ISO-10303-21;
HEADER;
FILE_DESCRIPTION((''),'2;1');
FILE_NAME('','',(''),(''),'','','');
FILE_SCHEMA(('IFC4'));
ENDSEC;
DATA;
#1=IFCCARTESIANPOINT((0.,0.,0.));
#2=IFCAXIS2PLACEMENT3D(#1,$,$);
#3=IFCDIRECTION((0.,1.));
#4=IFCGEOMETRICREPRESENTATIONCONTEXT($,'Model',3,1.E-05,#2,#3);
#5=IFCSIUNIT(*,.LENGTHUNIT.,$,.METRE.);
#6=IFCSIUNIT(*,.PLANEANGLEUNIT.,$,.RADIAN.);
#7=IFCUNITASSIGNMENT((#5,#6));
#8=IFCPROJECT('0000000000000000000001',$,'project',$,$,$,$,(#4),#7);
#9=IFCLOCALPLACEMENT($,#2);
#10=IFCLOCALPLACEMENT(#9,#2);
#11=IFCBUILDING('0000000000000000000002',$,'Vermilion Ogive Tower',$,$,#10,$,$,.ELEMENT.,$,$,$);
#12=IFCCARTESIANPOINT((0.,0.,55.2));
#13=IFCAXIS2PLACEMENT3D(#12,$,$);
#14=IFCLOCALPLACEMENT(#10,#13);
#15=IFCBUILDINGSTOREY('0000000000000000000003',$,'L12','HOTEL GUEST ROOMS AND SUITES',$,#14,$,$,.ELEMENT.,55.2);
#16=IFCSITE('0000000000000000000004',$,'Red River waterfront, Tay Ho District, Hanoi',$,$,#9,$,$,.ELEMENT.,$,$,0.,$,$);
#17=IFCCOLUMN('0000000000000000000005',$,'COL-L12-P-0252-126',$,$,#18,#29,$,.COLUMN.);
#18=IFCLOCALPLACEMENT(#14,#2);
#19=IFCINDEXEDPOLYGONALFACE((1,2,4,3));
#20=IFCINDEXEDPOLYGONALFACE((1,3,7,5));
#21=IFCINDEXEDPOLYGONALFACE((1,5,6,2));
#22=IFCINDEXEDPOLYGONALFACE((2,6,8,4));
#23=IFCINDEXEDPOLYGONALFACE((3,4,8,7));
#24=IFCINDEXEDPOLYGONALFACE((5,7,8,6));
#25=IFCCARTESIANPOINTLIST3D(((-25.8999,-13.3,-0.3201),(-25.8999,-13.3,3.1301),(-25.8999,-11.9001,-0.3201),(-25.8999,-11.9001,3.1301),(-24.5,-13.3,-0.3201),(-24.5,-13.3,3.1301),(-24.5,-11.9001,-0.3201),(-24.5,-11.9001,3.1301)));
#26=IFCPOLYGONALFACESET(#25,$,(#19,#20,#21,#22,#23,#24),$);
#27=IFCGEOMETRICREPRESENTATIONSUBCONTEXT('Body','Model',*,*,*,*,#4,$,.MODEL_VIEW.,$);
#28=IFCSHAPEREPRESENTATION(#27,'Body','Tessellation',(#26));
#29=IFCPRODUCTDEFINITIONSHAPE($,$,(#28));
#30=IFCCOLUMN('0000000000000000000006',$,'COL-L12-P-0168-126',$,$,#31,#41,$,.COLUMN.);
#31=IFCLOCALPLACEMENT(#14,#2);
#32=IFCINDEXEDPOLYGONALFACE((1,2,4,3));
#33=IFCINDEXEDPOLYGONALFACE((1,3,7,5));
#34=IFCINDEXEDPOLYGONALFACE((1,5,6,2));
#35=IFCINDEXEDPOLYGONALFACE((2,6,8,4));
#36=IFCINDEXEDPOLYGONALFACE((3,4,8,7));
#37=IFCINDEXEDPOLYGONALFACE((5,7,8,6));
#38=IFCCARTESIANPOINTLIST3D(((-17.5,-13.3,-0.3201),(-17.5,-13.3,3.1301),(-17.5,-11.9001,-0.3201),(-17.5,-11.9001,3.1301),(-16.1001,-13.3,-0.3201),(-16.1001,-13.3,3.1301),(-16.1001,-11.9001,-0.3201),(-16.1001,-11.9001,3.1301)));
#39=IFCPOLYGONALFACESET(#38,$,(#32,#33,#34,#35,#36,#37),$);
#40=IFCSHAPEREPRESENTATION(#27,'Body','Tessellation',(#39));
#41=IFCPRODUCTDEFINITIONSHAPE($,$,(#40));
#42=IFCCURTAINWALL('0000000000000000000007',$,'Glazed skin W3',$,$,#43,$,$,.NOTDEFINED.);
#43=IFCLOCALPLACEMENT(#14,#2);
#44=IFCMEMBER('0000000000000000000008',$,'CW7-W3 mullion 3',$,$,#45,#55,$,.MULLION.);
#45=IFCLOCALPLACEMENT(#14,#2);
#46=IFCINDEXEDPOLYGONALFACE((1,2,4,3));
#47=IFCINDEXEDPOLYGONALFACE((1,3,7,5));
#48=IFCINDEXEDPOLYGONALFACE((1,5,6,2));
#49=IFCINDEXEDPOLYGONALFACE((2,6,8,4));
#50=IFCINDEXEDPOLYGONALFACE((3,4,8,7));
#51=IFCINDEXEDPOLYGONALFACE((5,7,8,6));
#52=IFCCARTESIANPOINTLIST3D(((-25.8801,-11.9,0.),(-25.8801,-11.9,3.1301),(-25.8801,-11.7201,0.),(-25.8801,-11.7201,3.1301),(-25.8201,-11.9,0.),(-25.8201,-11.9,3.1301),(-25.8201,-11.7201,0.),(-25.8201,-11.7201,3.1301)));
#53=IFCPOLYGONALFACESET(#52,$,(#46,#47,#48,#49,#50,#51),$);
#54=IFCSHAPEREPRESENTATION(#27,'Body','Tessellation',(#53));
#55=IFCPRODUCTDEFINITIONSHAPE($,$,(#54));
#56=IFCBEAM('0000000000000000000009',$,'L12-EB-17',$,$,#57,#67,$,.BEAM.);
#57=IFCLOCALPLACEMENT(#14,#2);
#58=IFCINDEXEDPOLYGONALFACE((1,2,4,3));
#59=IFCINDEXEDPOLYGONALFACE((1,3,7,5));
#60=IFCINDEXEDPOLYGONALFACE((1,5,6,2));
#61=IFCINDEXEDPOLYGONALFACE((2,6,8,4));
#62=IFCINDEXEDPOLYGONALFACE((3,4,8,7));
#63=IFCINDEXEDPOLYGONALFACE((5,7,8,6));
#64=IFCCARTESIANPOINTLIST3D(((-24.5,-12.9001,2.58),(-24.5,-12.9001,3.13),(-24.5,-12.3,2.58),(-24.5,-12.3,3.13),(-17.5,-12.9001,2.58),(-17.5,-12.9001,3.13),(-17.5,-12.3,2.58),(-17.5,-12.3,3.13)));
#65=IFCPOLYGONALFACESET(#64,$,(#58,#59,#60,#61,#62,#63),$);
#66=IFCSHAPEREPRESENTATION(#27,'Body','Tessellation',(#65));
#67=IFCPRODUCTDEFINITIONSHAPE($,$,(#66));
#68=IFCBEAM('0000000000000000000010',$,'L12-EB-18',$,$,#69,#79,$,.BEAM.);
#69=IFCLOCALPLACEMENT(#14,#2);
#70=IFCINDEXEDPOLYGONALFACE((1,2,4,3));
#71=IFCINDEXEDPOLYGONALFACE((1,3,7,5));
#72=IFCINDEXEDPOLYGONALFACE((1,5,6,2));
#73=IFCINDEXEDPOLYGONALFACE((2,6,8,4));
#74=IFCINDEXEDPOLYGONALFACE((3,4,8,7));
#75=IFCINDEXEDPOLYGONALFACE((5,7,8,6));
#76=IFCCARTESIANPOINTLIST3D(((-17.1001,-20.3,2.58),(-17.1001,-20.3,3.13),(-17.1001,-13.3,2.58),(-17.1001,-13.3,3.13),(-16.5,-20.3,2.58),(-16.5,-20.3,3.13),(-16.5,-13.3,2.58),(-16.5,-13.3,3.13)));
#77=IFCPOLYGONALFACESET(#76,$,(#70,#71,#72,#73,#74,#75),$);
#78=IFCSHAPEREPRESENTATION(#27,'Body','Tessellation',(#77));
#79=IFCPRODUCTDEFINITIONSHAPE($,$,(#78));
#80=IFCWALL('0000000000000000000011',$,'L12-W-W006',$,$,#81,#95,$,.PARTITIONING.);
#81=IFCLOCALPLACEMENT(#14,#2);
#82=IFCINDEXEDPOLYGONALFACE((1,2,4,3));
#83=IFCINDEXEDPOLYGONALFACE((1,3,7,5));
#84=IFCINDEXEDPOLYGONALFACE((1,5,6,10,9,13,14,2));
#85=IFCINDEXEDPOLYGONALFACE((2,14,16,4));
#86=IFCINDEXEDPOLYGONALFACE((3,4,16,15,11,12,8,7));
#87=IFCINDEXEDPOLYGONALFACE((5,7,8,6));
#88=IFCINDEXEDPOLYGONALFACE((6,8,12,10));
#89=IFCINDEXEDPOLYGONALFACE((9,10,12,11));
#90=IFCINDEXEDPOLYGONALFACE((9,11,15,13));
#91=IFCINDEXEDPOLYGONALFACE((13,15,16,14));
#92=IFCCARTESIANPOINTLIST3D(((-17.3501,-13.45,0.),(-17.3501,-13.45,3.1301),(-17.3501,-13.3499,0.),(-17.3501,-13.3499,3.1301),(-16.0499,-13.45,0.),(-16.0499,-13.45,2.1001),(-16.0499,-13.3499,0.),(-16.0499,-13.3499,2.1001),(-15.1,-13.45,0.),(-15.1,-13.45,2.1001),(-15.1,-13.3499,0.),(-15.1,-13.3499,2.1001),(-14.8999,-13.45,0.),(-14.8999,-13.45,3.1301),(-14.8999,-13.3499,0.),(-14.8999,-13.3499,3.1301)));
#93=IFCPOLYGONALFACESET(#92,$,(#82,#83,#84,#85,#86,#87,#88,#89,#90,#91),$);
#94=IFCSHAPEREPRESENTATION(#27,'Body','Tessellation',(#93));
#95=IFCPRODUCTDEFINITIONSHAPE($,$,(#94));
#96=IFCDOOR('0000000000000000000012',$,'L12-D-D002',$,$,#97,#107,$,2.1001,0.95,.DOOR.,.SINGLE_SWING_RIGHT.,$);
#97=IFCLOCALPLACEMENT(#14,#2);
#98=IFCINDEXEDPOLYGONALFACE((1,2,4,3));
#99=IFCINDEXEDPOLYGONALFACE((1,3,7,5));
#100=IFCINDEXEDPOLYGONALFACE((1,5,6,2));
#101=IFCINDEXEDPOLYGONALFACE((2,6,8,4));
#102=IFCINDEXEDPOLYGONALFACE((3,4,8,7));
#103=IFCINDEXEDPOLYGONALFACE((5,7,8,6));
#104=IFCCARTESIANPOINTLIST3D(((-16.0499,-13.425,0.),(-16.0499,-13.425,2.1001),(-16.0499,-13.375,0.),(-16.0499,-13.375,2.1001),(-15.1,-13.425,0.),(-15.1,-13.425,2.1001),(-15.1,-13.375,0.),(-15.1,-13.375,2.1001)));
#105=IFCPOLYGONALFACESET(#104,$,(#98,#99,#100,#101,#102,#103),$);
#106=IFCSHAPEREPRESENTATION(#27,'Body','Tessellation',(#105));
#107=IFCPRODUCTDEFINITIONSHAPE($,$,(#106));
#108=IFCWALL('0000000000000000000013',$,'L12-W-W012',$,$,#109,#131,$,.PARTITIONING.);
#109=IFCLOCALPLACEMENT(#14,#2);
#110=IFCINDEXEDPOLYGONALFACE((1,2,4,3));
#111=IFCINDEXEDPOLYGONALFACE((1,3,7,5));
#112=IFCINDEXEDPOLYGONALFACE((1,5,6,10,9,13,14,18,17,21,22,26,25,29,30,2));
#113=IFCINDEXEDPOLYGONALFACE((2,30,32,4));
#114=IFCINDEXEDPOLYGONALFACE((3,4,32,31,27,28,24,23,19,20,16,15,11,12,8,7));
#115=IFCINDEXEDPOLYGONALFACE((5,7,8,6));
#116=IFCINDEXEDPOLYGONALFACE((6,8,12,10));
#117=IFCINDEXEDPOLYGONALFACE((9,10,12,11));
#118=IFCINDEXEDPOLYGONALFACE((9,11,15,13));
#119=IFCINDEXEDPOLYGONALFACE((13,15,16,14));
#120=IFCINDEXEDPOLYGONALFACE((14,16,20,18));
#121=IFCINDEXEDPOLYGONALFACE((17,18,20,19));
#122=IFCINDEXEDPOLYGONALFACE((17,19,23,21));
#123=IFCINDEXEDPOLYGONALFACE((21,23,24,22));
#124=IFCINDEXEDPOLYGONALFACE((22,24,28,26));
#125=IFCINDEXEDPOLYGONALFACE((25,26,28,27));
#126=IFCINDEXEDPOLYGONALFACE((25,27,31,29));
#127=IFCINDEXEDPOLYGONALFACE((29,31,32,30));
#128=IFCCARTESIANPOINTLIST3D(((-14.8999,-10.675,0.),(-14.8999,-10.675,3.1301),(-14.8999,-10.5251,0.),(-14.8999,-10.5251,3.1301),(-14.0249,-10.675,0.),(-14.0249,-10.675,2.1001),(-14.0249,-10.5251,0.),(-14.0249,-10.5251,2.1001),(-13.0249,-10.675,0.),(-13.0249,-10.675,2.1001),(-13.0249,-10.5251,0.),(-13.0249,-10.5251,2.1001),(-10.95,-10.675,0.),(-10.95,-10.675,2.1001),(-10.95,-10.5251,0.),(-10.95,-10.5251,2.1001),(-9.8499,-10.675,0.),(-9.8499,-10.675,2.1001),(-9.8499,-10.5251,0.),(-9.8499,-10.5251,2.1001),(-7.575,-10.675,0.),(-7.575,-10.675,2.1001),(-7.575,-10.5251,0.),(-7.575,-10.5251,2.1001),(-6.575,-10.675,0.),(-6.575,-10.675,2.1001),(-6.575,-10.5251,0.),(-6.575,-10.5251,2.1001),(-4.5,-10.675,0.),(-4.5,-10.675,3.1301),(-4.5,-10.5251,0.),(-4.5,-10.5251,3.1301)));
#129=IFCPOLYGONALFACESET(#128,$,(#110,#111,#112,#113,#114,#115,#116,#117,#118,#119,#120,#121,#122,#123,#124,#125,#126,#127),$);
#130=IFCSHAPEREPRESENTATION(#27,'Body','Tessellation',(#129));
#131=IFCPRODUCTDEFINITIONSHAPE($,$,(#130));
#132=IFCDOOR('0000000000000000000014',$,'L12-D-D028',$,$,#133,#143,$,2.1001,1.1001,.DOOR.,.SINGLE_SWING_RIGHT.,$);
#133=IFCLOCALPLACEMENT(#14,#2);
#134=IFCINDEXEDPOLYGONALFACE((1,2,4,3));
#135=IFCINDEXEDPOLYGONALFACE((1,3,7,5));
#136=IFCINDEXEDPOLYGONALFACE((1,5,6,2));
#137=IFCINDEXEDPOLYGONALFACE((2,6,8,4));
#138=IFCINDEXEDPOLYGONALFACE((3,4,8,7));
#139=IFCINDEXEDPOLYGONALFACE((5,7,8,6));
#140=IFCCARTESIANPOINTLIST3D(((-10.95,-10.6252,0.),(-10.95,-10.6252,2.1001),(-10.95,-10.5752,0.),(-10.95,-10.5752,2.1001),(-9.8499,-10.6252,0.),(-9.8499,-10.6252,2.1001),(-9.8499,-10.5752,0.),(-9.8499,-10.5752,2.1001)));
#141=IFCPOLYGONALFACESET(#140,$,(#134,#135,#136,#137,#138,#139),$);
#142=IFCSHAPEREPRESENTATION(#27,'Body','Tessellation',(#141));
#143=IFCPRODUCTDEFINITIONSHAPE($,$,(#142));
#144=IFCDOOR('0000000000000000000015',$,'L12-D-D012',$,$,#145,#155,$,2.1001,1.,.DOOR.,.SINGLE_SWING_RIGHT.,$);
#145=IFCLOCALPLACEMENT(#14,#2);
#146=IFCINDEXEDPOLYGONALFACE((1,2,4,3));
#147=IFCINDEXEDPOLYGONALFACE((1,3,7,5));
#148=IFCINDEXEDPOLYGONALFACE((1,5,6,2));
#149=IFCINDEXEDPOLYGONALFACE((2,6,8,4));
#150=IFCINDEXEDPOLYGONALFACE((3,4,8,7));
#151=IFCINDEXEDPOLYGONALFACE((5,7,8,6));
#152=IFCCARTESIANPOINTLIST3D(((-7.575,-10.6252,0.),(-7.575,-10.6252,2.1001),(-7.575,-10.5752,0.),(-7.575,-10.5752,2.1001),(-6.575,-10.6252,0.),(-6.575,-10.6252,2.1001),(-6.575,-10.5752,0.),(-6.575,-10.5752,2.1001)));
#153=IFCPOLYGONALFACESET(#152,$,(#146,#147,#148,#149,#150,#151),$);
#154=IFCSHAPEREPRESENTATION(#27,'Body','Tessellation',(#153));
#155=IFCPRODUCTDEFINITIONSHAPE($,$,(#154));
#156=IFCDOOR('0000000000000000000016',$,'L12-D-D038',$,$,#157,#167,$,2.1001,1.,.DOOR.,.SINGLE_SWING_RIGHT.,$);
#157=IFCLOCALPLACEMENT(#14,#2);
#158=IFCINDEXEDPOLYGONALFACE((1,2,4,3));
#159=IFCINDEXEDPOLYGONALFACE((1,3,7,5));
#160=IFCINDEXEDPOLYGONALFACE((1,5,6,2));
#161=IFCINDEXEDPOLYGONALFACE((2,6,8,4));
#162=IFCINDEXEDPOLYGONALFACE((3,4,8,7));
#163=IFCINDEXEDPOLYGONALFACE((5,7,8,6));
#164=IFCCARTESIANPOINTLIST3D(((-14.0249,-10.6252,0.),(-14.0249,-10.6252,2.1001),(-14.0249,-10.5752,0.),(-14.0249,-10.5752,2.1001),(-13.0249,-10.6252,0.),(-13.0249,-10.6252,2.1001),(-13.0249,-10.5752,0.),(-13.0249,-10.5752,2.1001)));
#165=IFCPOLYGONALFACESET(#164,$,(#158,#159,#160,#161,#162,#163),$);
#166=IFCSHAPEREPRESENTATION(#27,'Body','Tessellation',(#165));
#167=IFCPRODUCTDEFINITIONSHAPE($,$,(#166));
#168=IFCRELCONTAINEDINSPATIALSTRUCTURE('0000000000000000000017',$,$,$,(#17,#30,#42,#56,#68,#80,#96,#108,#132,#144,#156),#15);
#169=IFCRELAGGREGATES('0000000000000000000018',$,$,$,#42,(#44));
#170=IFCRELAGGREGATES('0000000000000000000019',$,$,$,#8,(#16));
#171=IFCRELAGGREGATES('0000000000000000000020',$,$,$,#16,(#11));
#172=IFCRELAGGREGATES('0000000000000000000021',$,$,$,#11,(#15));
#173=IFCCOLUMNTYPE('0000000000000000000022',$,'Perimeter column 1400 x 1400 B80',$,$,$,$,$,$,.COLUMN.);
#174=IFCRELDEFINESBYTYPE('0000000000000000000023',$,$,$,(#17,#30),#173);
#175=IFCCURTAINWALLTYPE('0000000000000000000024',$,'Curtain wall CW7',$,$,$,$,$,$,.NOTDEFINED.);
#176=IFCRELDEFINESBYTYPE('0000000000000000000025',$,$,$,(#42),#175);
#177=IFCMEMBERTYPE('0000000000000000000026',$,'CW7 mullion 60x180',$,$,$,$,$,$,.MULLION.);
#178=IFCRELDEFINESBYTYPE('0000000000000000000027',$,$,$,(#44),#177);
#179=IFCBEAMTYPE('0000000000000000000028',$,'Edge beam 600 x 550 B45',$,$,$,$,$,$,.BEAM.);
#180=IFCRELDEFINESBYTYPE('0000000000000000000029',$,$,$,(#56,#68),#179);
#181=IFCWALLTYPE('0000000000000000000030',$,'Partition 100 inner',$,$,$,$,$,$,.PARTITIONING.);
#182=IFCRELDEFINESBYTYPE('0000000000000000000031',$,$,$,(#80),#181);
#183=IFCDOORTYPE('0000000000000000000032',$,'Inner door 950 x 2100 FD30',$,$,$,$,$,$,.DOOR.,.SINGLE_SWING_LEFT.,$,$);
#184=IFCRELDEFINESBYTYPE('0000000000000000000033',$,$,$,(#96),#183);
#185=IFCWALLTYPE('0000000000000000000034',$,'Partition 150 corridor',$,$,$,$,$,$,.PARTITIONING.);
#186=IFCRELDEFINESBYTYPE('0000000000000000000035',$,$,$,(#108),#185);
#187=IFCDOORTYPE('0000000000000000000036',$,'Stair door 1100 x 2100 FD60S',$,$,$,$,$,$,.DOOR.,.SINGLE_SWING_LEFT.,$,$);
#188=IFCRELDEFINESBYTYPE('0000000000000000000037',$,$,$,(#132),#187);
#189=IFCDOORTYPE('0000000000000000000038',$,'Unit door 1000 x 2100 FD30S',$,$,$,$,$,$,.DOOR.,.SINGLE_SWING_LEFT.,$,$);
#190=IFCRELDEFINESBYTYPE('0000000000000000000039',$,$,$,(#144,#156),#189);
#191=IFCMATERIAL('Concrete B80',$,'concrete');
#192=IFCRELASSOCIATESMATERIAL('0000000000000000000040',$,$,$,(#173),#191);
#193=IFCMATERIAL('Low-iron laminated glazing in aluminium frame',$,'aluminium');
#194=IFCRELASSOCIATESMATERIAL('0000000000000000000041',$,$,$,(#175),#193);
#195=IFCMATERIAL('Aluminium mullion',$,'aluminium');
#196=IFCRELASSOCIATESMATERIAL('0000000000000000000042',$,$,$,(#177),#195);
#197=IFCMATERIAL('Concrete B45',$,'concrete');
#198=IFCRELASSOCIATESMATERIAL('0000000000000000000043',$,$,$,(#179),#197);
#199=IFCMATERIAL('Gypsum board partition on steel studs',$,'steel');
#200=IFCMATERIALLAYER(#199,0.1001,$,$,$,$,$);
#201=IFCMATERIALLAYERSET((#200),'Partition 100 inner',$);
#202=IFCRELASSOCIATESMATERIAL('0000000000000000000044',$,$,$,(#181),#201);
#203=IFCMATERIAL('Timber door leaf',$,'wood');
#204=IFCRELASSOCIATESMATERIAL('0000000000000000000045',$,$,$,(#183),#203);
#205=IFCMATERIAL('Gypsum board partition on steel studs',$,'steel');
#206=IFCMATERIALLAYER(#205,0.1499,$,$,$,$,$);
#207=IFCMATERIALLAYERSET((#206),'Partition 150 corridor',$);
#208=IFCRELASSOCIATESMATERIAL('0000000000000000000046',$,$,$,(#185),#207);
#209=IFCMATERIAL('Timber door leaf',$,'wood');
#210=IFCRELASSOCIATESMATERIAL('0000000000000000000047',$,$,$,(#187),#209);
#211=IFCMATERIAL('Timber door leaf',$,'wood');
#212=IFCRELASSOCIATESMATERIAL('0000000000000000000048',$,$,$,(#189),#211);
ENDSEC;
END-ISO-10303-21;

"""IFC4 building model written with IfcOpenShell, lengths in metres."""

from ifc_helpers import new_model, si_unit, direction, frame, frame_2d, origin, origin_2d, place, context, subcontext, project, spatial, rectangle, extrude, material, layer, layer_set, material_profile, profile_set, type_object, element, fill, aggregate, save


model = new_model("IFC4")

# Units and contexts
model_context = context("Model", 3, precision=1e-05, world=origin(), true_north=direction((0.0, 1.0)))
body_context = subcontext(model_context, "Body", "Model", "MODEL_VIEW")
ifc_project = project(units=[si_unit("LENGTHUNIT", "METRE"), si_unit("PLANEANGLEUNIT", "RADIAN")], contexts=[model_context])

# Site, building, storey
site_placement = place(None, origin())
site = spatial("IfcSite", under=ifc_project, at=site_placement, Name="Red River waterfront, Tay Ho District, Hanoi", CompositionType="ELEMENT", RefElevation=0.0)
building_placement = place(site_placement, origin())
building = spatial("IfcBuilding", under=site, at=building_placement, Name="Vermilion Ogive Tower", CompositionType="ELEMENT")
storey_placement = place(building_placement, frame((0.0, 0.0, 55.2)))
storey = spatial("IfcBuildingStorey", under=building, at=storey_placement, Name="L12", Description="HOTEL GUEST ROOMS AND SUITES", CompositionType="ELEMENT", Elevation=55.2)

# Columns
ifc_material_1 = material(Name="Concrete B80", Category="concrete")
ifc_material_profile_1 = material_profile(ifc_material_1, rectangle(XDim=1.3999, YDim=1.3999, at=origin_2d()), Name="1400 x 1400")
ifc_profile_set_1 = profile_set([ifc_material_profile_1], Name="Concrete B80")
column_type = type_object("IfcColumnType", Name="Perimeter column 1400 x 1400 B80", PredefinedType="COLUMN", material=ifc_profile_set_1)
for number, where, z_axis, x_axis, name in (
    (1, (-25.2, -12.6001, -0.3201), (0.0, 0.0, 1.0), (1.0, 0.0, 0.0), "COL-L12-P-0252-126"),
    (2, (-16.8, -12.6001, -0.3201), (0.0, 0.0, 1.0), (1.0, 0.0, 0.0), "COL-L12-P-0168-126"),
):
    element("IfcColumn", number, at=place(storey_placement, frame(where, z_axis=z_axis, x_axis=x_axis)), inside=storey, type_object=column_type, Name=name, PredefinedType="COLUMN", context=body_context, shape_type="SweptSolid", body=[
        extrude(rectangle(XDim=1.3999, YDim=1.3999, at=origin_2d()), origin(), (0.0, 0.0, 1.0), 3.4502),
    ])

# Curtain wall, member
ifc_material_2 = material(Name="Low-iron laminated glazing in aluminium frame", Category="aluminium")
curtain_wall_type = type_object("IfcCurtainWallType", Name="Curtain wall CW7", PredefinedType="NOTDEFINED", material=ifc_material_2)
curtain_wall_placement = place(storey_placement, origin())
curtain_wall = element("IfcCurtainWall", 3, at=curtain_wall_placement, inside=storey, type_object=curtain_wall_type, Name="Glazed skin W3", PredefinedType="NOTDEFINED")
ifc_material_3 = material(Name="Aluminium mullion", Category="aluminium")
ifc_material_profile_2 = material_profile(ifc_material_3, rectangle(XDim=0.0601, YDim=0.1799, at=origin_2d()), Name="AL 60x180")
ifc_profile_set_2 = profile_set([ifc_material_profile_2], Name="Aluminium mullion")
member_type = type_object("IfcMemberType", Name="CW7 mullion 60x180", PredefinedType="MULLION", material=ifc_profile_set_2)
member_placement = place(storey_placement, frame((-25.8501, -11.8101, 0.0), z_axis=(0.0, 0.0, 1.0), x_axis=(1.0, 0.0, 0.0)))
member = element("IfcMember", 4, at=member_placement, type_object=member_type, Name="CW7-W3 mullion 3", PredefinedType="MULLION", context=body_context, shape_type="SweptSolid", body=[
    extrude(rectangle(XDim=0.0601, YDim=0.1799, at=origin_2d()), origin(), (0.0, 0.0, 1.0), 3.1301),
])
aggregate(curtain_wall, [member])

# Beams
ifc_material_4 = material(Name="Concrete B45", Category="concrete")
ifc_material_profile_3 = material_profile(ifc_material_4, rectangle(XDim=0.6001, YDim=0.55, at=origin_2d()), Name="600 x 550")
ifc_profile_set_3 = profile_set([ifc_material_profile_3], Name="Concrete B45")
beam_type = type_object("IfcBeamType", Name="Edge beam 600 x 550 B45", PredefinedType="BEAM", material=ifc_profile_set_3)
for number, where, z_axis, x_axis, name in (
    (5, (-24.5, -12.6001, 2.855), (1.0, 0.0, 0.0), (0.0, 1.0, 0.0), "L12-EB-17"),
    (6, (-16.8, -13.3, 2.855), (0.0, -1.0, 0.0), (1.0, 0.0, 0.0), "L12-EB-18"),
):
    element("IfcBeam", number, at=place(storey_placement, frame(where, z_axis=z_axis, x_axis=x_axis)), inside=storey, type_object=beam_type, Name=name, PredefinedType="BEAM", context=body_context, shape_type="SweptSolid", body=[
        extrude(rectangle(XDim=0.6001, YDim=0.55, at=origin_2d()), origin(), (0.0, 0.0, 1.0), 7.0),
    ])

# Wall, opening, door
ifc_material_5 = material(Name="Gypsum board partition on steel studs", Category="steel")
ifc_layer_1 = layer(ifc_material_5, 0.1001)
ifc_layer_set_1 = layer_set([ifc_layer_1], Name="Partition 100 inner")
wall_type_1 = type_object("IfcWallType", Name="Partition 100 inner", PredefinedType="PARTITIONING", material=ifc_layer_set_1)
wall_1_placement = place(storey_placement, frame((-17.3501, -13.3999, 0.0), z_axis=(0.0, 0.0, 1.0), x_axis=(1.0, 0.0, 0.0)))
wall_1 = element("IfcWall", 7, at=wall_1_placement, inside=storey, type_object=wall_type_1, Name="L12-W-W006", PredefinedType="PARTITIONING", context=body_context, shape_type="SweptSolid", body=[
    extrude(rectangle(XDim=2.4502, YDim=0.1001, at=frame_2d((1.2251, 0.0))), origin(), (0.0, 0.0, 1.0), 3.1301),
])
opening_1_placement = place(wall_1_placement, frame((1.3, 0.0, 0.0)))
opening_1 = element("IfcOpeningElement", 8, at=opening_1_placement, cuts=wall_1, PredefinedType="OPENING", context=body_context, shape_type="SweptSolid", body=[
    extrude(rectangle(XDim=0.95, YDim=2.1001, at=frame_2d((0.4751, 1.05))), frame((0.0, 0.0601, 0.0), z_axis=(0.0, -1.0, 0.0), x_axis=(1.0, 0.0, 0.0)), (0.0, 0.0, 1.0), 0.1201),
])
ifc_material_6 = material(Name="Timber door leaf", Category="wood")
door_type_1 = type_object("IfcDoorType", Name="Inner door 950 x 2100 FD30", OperationType="SINGLE_SWING_LEFT", PredefinedType="DOOR", material=ifc_material_6)
door_1_placement = place(opening_1_placement, origin())
door_1 = element("IfcDoor", 9, at=door_1_placement, inside=storey, type_object=door_type_1, Name="L12-D-D002", OperationType="SINGLE_SWING_RIGHT", OverallHeight=2.1001, OverallWidth=0.95, PredefinedType="DOOR", context=body_context, shape_type="SweptSolid", body=[
    extrude(rectangle(XDim=0.95, YDim=2.1001, at=frame_2d((0.4751, 1.05))), frame((0.0, 0.0249, 0.0), z_axis=(0.0, -1.0, 0.0), x_axis=(1.0, 0.0, 0.0)), (0.0, 0.0, 1.0), 0.05),
])
fill(opening_1, door_1)

# Wall, openings, doors
ifc_material_7 = material(Name="Gypsum board partition on steel studs", Category="steel")
ifc_layer_2 = layer(ifc_material_7, 0.1499)
ifc_layer_set_2 = layer_set([ifc_layer_2], Name="Partition 150 corridor")
wall_type_2 = type_object("IfcWallType", Name="Partition 150 corridor", PredefinedType="PARTITIONING", material=ifc_layer_set_2)
wall_2_placement = place(storey_placement, frame((-14.8999, -10.6001, 0.0), z_axis=(0.0, 0.0, 1.0), x_axis=(1.0, 0.0, 0.0)))
wall_2 = element("IfcWall", 10, at=wall_2_placement, inside=storey, type_object=wall_type_2, Name="L12-W-W012", PredefinedType="PARTITIONING", context=body_context, shape_type="SweptSolid", body=[
    extrude(rectangle(XDim=10.3999, YDim=0.1499, at=frame_2d((5.2, 0.0))), origin(), (0.0, 0.0, 1.0), 3.1301),
])
opening_2_placement = place(wall_2_placement, frame((7.325, 0.0, 0.0)))
opening_2 = element("IfcOpeningElement", 11, at=opening_2_placement, cuts=wall_2, PredefinedType="OPENING", context=body_context, shape_type="SweptSolid", body=[
    extrude(rectangle(XDim=1.0, YDim=2.1001, at=frame_2d((0.5, 1.05))), frame((0.0, 0.085, 0.0), z_axis=(0.0, -1.0, 0.0), x_axis=(1.0, 0.0, 0.0)), (0.0, 0.0, 1.0), 0.1699),
])
opening_3_placement = place(wall_2_placement, frame((3.95, 0.0, 0.0)))
opening_3 = element("IfcOpeningElement", 12, at=opening_3_placement, cuts=wall_2, PredefinedType="OPENING", context=body_context, shape_type="SweptSolid", body=[
    extrude(rectangle(XDim=1.1001, YDim=2.1001, at=frame_2d((0.55, 1.05))), frame((0.0, 0.085, 0.0), z_axis=(0.0, -1.0, 0.0), x_axis=(1.0, 0.0, 0.0)), (0.0, 0.0, 1.0), 0.1699),
])
opening_4_placement = place(wall_2_placement, frame((0.875, 0.0, 0.0)))
opening_4 = element("IfcOpeningElement", 13, at=opening_4_placement, cuts=wall_2, PredefinedType="OPENING", context=body_context, shape_type="SweptSolid", body=[
    extrude(rectangle(XDim=1.0, YDim=2.1001, at=frame_2d((0.5, 1.05))), frame((0.0, 0.085, 0.0), z_axis=(0.0, -1.0, 0.0), x_axis=(1.0, 0.0, 0.0)), (0.0, 0.0, 1.0), 0.1699),
])
ifc_material_8 = material(Name="Timber door leaf", Category="wood")
door_type_2 = type_object("IfcDoorType", Name="Stair door 1100 x 2100 FD60S", OperationType="SINGLE_SWING_LEFT", PredefinedType="DOOR", material=ifc_material_8)
door_2_placement = place(opening_3_placement, origin())
door_2 = element("IfcDoor", 14, at=door_2_placement, inside=storey, type_object=door_type_2, Name="L12-D-D028", OperationType="SINGLE_SWING_RIGHT", OverallHeight=2.1001, OverallWidth=1.1001, PredefinedType="DOOR", context=body_context, shape_type="SweptSolid", body=[
    extrude(rectangle(XDim=1.1001, YDim=2.1001, at=frame_2d((0.55, 1.05))), frame((0.0, 0.0249, 0.0), z_axis=(0.0, -1.0, 0.0), x_axis=(1.0, 0.0, 0.0)), (0.0, 0.0, 1.0), 0.05),
])
fill(opening_3, door_2)
ifc_material_9 = material(Name="Timber door leaf", Category="wood")
door_type_3 = type_object("IfcDoorType", Name="Unit door 1000 x 2100 FD30S", OperationType="SINGLE_SWING_LEFT", PredefinedType="DOOR", material=ifc_material_9)
door_3_placement = place(opening_2_placement, origin())
door_3 = element("IfcDoor", 15, at=door_3_placement, inside=storey, type_object=door_type_3, Name="L12-D-D012", OperationType="SINGLE_SWING_RIGHT", OverallHeight=2.1001, OverallWidth=1.0, PredefinedType="DOOR", context=body_context, shape_type="SweptSolid", body=[
    extrude(rectangle(XDim=1.0, YDim=2.1001, at=frame_2d((0.5, 1.05))), frame((0.0, 0.0249, 0.0), z_axis=(0.0, -1.0, 0.0), x_axis=(1.0, 0.0, 0.0)), (0.0, 0.0, 1.0), 0.05),
])
fill(opening_2, door_3)
door_4_placement = place(opening_4_placement, origin())
door_4 = element("IfcDoor", 16, at=door_4_placement, inside=storey, type_object=door_type_3, Name="L12-D-D038", OperationType="SINGLE_SWING_RIGHT", OverallHeight=2.1001, OverallWidth=1.0, PredefinedType="DOOR", context=body_context, shape_type="SweptSolid", body=[
    extrude(rectangle(XDim=1.0, YDim=2.1001, at=frame_2d((0.5, 1.05))), frame((0.0, 0.0249, 0.0), z_axis=(0.0, -1.0, 0.0), x_axis=(1.0, 0.0, 0.0)), (0.0, 0.0, 1.0), 0.05),
])
fill(opening_4, door_4)

save(model, "model.ifc")
